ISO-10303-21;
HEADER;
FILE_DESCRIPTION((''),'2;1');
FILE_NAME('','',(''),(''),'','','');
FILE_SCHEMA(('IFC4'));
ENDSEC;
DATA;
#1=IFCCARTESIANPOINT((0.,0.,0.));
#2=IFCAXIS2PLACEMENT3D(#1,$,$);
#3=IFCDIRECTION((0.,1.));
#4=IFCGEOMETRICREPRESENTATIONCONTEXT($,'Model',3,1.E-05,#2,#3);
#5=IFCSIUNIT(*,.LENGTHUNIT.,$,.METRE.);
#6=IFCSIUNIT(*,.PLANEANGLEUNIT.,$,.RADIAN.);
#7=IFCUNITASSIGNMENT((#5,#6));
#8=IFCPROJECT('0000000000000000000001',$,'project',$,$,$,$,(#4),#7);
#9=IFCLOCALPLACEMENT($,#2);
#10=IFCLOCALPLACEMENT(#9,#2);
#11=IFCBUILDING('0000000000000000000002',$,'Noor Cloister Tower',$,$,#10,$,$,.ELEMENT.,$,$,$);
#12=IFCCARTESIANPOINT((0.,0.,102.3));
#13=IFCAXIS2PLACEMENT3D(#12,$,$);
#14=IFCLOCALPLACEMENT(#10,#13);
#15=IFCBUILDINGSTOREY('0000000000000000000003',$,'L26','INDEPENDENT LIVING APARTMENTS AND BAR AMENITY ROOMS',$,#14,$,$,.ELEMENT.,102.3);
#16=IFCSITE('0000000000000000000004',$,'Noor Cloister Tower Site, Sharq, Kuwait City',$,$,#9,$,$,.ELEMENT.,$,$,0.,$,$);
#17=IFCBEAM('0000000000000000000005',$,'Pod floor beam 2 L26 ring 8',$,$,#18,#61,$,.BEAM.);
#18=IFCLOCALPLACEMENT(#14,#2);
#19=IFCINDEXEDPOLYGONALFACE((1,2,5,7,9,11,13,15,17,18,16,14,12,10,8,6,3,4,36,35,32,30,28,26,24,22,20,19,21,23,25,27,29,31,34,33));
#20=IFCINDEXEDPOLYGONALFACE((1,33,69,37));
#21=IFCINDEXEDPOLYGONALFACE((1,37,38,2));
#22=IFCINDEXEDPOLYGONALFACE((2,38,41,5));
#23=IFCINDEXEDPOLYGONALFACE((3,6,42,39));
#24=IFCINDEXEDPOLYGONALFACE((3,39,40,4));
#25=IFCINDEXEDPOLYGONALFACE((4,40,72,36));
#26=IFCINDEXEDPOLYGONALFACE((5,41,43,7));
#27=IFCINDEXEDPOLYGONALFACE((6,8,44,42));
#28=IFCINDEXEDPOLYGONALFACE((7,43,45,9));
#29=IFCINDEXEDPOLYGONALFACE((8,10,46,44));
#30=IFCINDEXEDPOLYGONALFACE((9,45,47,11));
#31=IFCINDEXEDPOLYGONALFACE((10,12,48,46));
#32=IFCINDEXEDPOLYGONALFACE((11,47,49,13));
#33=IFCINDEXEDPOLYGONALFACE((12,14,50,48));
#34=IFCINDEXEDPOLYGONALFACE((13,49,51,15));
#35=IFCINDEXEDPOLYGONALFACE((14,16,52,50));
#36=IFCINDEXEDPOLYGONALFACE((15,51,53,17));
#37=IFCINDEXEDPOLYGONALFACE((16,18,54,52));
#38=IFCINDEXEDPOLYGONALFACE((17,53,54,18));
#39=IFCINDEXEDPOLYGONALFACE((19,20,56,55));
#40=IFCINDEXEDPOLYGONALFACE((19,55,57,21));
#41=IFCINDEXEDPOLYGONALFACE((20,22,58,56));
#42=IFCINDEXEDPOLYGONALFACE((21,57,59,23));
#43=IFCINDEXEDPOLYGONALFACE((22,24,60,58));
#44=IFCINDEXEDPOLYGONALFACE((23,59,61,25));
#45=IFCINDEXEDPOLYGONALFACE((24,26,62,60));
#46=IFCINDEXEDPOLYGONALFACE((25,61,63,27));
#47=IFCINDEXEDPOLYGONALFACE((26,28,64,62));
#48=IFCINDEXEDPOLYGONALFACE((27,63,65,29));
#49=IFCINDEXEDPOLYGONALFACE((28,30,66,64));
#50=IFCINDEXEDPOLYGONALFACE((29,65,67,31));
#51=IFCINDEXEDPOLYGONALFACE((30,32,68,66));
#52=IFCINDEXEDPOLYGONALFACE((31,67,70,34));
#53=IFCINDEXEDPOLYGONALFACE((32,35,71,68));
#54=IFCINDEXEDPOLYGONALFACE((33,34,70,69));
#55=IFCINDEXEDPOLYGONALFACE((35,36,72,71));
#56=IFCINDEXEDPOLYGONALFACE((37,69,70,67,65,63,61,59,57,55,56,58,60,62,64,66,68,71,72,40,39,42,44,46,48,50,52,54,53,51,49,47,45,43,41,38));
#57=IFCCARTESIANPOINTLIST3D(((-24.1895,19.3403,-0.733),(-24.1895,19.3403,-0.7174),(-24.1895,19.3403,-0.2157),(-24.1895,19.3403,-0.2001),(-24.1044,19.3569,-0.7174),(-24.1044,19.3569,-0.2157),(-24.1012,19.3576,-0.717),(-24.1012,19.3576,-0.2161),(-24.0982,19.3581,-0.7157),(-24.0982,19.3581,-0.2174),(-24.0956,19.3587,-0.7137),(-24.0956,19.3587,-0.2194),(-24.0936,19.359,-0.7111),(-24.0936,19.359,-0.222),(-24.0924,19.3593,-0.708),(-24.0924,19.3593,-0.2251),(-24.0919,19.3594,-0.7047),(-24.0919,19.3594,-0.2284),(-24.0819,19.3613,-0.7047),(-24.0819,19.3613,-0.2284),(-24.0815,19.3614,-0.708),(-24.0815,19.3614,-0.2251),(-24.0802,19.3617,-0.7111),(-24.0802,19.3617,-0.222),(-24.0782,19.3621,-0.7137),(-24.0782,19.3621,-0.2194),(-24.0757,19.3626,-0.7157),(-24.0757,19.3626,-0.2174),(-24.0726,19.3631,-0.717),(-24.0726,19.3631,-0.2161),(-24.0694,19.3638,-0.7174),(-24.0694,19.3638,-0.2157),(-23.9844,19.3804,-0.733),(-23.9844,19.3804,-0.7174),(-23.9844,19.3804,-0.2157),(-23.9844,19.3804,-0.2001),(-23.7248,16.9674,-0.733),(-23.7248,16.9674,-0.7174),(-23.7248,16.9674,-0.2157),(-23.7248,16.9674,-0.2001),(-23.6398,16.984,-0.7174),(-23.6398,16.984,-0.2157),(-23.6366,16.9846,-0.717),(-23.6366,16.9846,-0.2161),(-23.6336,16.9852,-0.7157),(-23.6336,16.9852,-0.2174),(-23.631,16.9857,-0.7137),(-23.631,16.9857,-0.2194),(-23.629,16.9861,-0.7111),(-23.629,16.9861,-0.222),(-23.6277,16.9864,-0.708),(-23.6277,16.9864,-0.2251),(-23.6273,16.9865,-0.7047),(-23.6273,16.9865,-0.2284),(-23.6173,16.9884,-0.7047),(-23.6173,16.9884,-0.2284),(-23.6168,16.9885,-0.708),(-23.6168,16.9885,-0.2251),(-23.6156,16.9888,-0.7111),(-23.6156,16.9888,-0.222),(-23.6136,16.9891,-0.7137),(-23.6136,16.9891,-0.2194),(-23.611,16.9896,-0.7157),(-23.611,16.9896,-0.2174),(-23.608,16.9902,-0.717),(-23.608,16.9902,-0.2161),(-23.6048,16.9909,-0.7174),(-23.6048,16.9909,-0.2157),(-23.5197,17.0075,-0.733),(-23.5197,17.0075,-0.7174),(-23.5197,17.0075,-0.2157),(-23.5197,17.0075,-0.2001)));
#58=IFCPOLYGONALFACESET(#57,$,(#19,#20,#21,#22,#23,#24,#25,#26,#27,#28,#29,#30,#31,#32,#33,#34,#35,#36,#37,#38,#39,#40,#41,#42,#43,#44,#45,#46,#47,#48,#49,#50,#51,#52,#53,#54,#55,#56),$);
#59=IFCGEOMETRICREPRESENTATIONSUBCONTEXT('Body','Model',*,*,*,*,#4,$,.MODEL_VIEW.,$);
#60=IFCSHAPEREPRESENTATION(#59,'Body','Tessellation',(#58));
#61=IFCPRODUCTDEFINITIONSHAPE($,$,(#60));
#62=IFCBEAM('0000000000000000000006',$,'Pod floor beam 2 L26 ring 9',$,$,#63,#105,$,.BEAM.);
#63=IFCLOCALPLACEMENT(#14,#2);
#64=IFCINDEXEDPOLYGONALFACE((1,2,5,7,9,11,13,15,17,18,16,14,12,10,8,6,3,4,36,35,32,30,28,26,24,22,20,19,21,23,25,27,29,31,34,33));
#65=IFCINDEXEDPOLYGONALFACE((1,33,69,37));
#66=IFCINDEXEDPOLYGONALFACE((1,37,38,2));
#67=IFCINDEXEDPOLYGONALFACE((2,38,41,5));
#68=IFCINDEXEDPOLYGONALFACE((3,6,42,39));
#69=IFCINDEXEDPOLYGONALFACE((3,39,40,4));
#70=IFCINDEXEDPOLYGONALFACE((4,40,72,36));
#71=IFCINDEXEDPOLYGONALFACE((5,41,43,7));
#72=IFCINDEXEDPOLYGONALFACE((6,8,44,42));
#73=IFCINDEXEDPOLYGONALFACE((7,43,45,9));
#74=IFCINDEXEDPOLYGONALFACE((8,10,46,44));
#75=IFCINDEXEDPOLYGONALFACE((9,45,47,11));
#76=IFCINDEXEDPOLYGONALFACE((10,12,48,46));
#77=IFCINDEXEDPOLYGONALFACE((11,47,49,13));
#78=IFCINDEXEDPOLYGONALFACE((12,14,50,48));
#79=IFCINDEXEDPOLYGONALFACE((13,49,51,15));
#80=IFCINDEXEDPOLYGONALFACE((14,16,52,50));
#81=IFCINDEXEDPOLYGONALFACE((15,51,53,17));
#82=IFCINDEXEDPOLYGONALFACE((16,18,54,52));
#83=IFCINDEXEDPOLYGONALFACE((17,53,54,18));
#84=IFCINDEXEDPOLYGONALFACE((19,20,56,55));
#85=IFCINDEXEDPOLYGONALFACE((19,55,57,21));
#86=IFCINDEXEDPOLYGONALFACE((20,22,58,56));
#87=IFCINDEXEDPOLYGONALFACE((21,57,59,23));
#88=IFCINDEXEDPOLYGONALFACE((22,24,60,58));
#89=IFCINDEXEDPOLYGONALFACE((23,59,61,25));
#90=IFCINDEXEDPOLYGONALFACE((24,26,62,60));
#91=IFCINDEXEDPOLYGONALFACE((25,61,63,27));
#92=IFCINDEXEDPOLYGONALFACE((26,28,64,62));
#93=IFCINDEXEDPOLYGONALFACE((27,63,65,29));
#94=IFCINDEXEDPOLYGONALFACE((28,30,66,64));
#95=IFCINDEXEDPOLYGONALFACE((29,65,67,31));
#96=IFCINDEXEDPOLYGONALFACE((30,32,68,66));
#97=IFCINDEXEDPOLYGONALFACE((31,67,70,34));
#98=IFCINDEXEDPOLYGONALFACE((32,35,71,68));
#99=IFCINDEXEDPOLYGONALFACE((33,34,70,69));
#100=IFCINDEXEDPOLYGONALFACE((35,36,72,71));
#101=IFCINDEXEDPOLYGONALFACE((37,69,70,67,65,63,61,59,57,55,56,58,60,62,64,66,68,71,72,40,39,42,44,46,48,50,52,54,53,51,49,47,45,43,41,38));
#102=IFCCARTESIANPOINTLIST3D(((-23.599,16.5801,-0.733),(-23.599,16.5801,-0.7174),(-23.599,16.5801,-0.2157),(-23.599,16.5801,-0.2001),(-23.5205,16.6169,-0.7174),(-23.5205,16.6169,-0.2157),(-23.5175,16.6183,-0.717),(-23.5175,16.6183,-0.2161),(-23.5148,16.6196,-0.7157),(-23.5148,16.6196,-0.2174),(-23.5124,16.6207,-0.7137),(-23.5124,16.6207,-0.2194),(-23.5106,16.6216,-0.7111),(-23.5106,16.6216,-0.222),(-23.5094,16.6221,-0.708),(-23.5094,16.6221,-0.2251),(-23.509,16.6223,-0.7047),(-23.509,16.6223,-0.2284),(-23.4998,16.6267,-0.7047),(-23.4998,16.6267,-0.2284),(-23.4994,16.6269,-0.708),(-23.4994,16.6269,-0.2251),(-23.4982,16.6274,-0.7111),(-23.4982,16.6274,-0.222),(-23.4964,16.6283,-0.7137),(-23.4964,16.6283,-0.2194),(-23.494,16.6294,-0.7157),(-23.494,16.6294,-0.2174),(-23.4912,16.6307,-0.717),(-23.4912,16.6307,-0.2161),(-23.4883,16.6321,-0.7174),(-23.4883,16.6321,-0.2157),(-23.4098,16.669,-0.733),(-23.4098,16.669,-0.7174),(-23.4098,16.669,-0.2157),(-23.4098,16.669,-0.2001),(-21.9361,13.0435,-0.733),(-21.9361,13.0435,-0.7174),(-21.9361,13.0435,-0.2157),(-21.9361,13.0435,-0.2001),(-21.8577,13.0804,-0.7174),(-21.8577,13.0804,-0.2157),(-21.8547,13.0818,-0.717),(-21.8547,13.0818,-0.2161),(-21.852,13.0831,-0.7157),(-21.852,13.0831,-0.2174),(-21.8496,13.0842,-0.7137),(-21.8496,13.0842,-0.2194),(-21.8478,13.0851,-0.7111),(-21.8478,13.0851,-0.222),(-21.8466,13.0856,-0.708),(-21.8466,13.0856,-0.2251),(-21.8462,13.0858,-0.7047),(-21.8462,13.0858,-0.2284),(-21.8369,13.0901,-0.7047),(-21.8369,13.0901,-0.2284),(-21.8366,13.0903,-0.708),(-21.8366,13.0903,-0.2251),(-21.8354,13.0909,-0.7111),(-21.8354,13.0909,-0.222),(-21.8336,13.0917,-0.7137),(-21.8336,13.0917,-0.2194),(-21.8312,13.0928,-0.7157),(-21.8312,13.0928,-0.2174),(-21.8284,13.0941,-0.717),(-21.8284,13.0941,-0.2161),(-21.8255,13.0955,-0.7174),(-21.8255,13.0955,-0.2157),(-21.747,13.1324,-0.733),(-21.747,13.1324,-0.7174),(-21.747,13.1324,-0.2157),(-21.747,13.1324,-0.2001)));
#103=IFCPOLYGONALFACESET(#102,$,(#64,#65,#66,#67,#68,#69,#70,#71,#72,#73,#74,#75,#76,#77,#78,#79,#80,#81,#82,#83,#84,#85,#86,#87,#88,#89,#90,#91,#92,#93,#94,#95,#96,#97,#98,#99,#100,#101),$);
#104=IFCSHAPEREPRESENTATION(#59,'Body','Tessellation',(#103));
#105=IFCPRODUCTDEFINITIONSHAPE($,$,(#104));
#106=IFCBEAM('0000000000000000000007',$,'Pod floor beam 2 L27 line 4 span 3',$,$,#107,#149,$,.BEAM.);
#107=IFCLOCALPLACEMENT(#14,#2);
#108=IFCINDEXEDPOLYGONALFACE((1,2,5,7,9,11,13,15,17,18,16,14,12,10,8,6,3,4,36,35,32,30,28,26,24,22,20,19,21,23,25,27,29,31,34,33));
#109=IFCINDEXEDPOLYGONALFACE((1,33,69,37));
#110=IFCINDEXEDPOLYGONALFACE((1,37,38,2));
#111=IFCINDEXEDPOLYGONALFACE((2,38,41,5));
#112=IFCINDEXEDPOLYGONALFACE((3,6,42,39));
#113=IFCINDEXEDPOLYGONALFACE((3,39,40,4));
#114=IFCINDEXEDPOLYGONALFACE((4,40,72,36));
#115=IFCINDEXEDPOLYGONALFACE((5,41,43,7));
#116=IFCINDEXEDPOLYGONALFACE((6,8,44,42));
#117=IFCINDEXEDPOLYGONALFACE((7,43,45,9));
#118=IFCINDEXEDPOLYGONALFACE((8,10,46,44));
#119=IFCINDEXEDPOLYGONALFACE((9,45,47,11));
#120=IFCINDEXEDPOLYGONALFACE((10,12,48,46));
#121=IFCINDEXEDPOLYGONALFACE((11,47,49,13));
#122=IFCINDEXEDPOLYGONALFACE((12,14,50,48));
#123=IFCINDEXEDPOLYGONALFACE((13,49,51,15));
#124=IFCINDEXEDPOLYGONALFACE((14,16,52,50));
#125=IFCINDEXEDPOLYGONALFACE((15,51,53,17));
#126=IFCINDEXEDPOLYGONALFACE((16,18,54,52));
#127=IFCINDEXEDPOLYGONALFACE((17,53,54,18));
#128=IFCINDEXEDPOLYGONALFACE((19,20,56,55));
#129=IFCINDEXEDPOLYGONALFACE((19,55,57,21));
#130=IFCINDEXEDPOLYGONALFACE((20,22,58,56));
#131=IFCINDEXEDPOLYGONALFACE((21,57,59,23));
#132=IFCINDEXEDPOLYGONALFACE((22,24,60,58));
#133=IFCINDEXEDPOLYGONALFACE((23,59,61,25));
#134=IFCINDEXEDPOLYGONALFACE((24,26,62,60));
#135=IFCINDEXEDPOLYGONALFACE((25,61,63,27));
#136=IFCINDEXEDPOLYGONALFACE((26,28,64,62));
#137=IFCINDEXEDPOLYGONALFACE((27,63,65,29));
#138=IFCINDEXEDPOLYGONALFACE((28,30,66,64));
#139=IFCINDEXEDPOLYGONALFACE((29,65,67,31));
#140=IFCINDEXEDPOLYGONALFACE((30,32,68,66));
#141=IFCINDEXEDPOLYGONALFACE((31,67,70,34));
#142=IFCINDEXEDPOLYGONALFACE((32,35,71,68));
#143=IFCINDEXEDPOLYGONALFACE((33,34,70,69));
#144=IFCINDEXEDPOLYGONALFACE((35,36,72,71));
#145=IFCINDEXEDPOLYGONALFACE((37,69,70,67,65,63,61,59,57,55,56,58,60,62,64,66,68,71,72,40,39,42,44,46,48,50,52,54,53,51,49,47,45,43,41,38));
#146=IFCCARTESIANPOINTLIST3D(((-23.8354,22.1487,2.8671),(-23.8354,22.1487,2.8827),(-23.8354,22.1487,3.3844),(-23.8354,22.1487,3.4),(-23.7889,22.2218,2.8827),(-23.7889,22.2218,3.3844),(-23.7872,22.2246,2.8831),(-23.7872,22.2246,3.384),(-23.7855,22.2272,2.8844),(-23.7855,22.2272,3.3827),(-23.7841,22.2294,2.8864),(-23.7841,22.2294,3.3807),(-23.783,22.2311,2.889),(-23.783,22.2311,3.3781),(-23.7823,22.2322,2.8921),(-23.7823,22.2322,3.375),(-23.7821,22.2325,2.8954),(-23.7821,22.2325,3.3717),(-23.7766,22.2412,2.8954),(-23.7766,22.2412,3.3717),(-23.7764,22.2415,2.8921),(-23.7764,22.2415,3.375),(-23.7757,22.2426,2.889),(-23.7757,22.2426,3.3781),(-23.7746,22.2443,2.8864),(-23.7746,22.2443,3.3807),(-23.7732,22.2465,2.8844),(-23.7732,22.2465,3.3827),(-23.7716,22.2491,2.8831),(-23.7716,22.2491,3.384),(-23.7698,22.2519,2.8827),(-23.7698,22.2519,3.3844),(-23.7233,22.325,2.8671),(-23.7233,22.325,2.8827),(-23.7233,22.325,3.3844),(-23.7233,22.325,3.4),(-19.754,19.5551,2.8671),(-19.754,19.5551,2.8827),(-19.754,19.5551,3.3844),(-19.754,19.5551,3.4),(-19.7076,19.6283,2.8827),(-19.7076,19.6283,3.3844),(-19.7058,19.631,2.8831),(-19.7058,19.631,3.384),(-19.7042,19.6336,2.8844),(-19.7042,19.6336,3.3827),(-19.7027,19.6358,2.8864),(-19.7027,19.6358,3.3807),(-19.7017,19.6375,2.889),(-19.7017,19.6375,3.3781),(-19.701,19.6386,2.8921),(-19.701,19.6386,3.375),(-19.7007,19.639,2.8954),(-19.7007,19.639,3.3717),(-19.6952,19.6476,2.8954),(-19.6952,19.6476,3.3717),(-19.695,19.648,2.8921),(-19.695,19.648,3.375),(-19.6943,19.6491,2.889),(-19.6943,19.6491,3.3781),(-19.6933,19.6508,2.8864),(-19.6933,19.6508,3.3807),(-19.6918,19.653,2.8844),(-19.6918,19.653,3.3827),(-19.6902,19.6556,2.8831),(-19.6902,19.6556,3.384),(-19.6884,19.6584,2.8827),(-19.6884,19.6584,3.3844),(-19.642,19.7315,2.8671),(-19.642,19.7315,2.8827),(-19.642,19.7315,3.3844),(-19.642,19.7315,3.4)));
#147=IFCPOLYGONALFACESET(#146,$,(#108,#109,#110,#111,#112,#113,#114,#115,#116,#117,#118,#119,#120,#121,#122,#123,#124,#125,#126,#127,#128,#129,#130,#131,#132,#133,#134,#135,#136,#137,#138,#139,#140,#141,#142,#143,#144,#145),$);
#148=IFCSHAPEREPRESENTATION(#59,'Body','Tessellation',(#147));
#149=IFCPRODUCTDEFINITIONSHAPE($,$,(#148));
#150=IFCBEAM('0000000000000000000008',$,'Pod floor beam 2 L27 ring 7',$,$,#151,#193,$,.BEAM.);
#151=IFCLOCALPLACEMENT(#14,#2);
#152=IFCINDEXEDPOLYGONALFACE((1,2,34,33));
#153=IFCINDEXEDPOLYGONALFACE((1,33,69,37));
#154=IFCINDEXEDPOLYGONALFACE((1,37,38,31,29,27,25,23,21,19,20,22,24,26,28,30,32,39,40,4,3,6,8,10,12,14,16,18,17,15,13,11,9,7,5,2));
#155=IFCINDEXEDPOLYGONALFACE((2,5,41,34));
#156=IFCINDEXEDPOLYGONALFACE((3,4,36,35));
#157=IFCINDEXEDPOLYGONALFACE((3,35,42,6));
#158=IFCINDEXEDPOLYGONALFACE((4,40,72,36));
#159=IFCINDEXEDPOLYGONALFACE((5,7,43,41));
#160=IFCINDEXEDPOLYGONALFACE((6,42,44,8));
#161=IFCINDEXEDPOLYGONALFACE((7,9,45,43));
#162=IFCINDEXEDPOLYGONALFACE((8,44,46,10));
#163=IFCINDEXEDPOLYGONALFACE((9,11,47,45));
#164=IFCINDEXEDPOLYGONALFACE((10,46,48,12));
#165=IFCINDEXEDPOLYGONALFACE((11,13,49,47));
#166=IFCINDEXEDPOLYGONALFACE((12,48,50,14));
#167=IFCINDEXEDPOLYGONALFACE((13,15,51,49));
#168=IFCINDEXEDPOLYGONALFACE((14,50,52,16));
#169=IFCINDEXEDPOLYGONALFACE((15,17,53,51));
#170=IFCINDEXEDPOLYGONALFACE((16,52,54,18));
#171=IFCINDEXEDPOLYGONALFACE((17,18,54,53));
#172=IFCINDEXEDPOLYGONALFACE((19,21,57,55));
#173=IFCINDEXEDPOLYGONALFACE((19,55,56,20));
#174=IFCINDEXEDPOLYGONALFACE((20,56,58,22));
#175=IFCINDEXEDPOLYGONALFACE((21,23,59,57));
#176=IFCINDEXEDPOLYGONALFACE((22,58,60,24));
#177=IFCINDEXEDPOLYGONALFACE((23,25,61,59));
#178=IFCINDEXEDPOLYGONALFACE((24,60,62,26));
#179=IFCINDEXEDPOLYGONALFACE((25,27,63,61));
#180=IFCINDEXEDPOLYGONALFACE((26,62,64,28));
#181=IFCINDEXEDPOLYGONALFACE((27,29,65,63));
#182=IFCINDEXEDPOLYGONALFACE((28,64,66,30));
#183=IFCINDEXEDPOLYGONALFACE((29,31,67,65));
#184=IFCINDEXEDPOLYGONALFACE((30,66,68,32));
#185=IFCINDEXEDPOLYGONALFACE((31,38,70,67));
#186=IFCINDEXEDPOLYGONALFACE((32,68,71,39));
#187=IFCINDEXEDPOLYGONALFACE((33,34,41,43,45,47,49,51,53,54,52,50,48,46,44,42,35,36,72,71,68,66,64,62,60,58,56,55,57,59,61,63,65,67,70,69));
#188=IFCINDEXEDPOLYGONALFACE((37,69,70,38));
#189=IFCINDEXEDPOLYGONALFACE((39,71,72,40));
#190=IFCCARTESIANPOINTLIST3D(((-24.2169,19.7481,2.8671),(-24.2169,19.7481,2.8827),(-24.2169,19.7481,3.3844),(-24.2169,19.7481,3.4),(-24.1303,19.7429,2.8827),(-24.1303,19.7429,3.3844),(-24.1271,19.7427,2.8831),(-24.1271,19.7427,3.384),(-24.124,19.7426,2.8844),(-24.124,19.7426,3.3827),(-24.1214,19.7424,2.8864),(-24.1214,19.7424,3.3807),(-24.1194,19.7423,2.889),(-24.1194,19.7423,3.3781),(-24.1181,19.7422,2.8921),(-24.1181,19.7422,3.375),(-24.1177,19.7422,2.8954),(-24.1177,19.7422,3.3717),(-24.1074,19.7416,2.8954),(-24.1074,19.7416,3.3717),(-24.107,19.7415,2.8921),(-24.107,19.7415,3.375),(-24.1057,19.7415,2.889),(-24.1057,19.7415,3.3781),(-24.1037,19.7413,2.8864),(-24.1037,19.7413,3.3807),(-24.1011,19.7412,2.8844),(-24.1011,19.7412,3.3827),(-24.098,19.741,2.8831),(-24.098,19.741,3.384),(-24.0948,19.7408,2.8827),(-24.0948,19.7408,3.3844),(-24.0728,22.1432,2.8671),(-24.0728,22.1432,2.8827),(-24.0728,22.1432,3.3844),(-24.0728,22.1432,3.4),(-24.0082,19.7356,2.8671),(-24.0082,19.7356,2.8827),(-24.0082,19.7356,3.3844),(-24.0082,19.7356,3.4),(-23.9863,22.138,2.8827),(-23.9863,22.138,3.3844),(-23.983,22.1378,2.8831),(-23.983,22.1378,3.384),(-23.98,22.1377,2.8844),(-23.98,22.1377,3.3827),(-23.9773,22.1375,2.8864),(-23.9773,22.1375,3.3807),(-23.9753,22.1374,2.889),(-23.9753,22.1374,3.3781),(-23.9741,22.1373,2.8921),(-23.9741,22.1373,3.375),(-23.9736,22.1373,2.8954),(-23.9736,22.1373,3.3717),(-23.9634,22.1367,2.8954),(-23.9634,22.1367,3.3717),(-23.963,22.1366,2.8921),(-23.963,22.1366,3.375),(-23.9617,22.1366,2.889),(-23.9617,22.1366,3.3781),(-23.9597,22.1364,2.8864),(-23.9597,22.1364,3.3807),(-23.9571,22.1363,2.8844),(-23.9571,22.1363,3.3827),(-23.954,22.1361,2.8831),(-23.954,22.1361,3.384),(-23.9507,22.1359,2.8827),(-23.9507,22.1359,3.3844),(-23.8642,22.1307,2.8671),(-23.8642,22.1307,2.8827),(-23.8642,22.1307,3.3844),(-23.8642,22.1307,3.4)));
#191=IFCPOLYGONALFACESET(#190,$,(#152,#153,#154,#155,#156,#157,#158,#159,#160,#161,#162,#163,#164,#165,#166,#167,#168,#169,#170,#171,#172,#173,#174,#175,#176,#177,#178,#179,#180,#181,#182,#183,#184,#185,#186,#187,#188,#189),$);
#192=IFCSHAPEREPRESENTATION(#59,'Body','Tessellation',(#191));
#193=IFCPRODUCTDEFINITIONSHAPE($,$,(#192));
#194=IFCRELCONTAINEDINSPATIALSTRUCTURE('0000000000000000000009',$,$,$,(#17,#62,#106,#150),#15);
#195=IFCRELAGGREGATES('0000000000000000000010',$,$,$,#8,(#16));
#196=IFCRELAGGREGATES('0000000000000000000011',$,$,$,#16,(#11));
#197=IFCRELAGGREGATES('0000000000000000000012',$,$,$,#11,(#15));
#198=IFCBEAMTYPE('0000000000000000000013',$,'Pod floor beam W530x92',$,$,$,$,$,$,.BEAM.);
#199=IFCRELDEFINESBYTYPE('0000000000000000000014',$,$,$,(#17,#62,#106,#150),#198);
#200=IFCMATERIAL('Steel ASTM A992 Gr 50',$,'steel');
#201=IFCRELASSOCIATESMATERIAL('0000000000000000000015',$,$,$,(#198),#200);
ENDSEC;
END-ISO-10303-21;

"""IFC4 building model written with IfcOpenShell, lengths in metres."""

from ifc_helpers import new_model, si_unit, direction, frame, origin, origin_2d, place, context, subcontext, project, spatial, i_section, extrude, material, material_profile, profile_set, type_object, element, save


model = new_model("IFC4")

# Units and contexts
model_context = context("Model", 3, precision=1e-05, world=origin(), true_north=direction((0.0, 1.0)))
body_context = subcontext(model_context, "Body", "Model", "MODEL_VIEW")
ifc_project = project(units=[si_unit("LENGTHUNIT", "METRE"), si_unit("PLANEANGLEUNIT", "RADIAN")], contexts=[model_context])

# Site, building, storey
site_placement = place(None, origin())
site = spatial("IfcSite", under=ifc_project, at=site_placement, Name="Noor Cloister Tower Site, Sharq, Kuwait City", CompositionType="ELEMENT", RefElevation=0.0)
building_placement = place(site_placement, origin())
building = spatial("IfcBuilding", under=site, at=building_placement, Name="Noor Cloister Tower", CompositionType="ELEMENT")
storey_placement = place(building_placement, frame((0.0, 0.0, 102.3)))
storey = spatial("IfcBuildingStorey", under=building, at=storey_placement, Name="L26", Description="INDEPENDENT LIVING APARTMENTS AND BAR AMENITY ROOMS", CompositionType="ELEMENT", Elevation=102.3)

# Beams
ifc_material_1 = material(Name="Steel ASTM A992 Gr 50", Category="steel")
ifc_material_profile_1 = material_profile(ifc_material_1, i_section(OverallWidth=0.209, OverallDepth=0.533, WebThickness=0.0103, FlangeThickness=0.0156, FilletRadius=0.0127, at=origin_2d()), Name="W530x92")
ifc_profile_set_1 = profile_set([ifc_material_profile_1], Name="Steel ASTM A992 Gr 50")
beam_type = type_object("IfcBeamType", Name="Pod floor beam W530x92", PredefinedType="BEAM", material=ifc_profile_set_1)
beam_1_placement = place(storey_placement, frame((-24.0869, 19.3604, -0.4666), z_axis=(0.192153, -0.981365, 0.0), x_axis=(0.981365, 0.192153, 0.0)))
element("IfcBeam", 1, at=beam_1_placement, inside=storey, type_object=beam_type, Name="Pod floor beam 2 L26 ring 8", PredefinedType="BEAM", context=body_context, shape_type="SweptSolid", body=[
    extrude(i_section(OverallWidth=0.209, OverallDepth=0.533, WebThickness=0.0103, FlangeThickness=0.0156, FilletRadius=0.0127, at=origin_2d()), origin(), (0.0, 0.0, 1.0), 2.418),
])
beam_2_placement = place(storey_placement, frame((-23.5044, 16.6245, -0.4666), z_axis=(0.425493, -0.904962, 0.0), x_axis=(0.904962, 0.425493, 0.0)))
element("IfcBeam", 2, at=beam_2_placement, inside=storey, type_object=beam_type, Name="Pod floor beam 2 L26 ring 9", PredefinedType="BEAM", context=body_context, shape_type="SweptSolid", body=[
    extrude(i_section(OverallWidth=0.209, OverallDepth=0.533, WebThickness=0.0103, FlangeThickness=0.0156, FilletRadius=0.0127, at=origin_2d()), origin(), (0.0, 0.0, 1.0), 3.908),
])
beam_3_placement = place(storey_placement, frame((-19.698, 19.6433, 3.1335), z_axis=(-0.844006, 0.536333, 0.0), x_axis=(-0.536333, -0.844006, 0.0)))
element("IfcBeam", 3, at=beam_3_placement, inside=storey, type_object=beam_type, Name="Pod floor beam 2 L27 line 4 span 3", PredefinedType="BEAM", context=body_context, shape_type="SweptSolid", body=[
    extrude(i_section(OverallWidth=0.209, OverallDepth=0.533, WebThickness=0.0103, FlangeThickness=0.0156, FilletRadius=0.0127, at=origin_2d()), origin(), (0.0, 0.0, 1.0), 4.8357),
])
beam_4_placement = place(storey_placement, frame((-23.9685, 22.137, 3.1335), z_axis=(-0.060034, -0.998196, 0.0), x_axis=(0.998196, -0.060034, 0.0)))
element("IfcBeam", 4, at=beam_4_placement, inside=storey, type_object=beam_type, Name="Pod floor beam 2 L27 ring 7", PredefinedType="BEAM", context=body_context, shape_type="SweptSolid", body=[
    extrude(i_section(OverallWidth=0.209, OverallDepth=0.533, WebThickness=0.0103, FlangeThickness=0.0156, FilletRadius=0.0127, at=origin_2d()), origin(), (0.0, 0.0, 1.0), 2.3994),
])

save(model, "model.ifc")
